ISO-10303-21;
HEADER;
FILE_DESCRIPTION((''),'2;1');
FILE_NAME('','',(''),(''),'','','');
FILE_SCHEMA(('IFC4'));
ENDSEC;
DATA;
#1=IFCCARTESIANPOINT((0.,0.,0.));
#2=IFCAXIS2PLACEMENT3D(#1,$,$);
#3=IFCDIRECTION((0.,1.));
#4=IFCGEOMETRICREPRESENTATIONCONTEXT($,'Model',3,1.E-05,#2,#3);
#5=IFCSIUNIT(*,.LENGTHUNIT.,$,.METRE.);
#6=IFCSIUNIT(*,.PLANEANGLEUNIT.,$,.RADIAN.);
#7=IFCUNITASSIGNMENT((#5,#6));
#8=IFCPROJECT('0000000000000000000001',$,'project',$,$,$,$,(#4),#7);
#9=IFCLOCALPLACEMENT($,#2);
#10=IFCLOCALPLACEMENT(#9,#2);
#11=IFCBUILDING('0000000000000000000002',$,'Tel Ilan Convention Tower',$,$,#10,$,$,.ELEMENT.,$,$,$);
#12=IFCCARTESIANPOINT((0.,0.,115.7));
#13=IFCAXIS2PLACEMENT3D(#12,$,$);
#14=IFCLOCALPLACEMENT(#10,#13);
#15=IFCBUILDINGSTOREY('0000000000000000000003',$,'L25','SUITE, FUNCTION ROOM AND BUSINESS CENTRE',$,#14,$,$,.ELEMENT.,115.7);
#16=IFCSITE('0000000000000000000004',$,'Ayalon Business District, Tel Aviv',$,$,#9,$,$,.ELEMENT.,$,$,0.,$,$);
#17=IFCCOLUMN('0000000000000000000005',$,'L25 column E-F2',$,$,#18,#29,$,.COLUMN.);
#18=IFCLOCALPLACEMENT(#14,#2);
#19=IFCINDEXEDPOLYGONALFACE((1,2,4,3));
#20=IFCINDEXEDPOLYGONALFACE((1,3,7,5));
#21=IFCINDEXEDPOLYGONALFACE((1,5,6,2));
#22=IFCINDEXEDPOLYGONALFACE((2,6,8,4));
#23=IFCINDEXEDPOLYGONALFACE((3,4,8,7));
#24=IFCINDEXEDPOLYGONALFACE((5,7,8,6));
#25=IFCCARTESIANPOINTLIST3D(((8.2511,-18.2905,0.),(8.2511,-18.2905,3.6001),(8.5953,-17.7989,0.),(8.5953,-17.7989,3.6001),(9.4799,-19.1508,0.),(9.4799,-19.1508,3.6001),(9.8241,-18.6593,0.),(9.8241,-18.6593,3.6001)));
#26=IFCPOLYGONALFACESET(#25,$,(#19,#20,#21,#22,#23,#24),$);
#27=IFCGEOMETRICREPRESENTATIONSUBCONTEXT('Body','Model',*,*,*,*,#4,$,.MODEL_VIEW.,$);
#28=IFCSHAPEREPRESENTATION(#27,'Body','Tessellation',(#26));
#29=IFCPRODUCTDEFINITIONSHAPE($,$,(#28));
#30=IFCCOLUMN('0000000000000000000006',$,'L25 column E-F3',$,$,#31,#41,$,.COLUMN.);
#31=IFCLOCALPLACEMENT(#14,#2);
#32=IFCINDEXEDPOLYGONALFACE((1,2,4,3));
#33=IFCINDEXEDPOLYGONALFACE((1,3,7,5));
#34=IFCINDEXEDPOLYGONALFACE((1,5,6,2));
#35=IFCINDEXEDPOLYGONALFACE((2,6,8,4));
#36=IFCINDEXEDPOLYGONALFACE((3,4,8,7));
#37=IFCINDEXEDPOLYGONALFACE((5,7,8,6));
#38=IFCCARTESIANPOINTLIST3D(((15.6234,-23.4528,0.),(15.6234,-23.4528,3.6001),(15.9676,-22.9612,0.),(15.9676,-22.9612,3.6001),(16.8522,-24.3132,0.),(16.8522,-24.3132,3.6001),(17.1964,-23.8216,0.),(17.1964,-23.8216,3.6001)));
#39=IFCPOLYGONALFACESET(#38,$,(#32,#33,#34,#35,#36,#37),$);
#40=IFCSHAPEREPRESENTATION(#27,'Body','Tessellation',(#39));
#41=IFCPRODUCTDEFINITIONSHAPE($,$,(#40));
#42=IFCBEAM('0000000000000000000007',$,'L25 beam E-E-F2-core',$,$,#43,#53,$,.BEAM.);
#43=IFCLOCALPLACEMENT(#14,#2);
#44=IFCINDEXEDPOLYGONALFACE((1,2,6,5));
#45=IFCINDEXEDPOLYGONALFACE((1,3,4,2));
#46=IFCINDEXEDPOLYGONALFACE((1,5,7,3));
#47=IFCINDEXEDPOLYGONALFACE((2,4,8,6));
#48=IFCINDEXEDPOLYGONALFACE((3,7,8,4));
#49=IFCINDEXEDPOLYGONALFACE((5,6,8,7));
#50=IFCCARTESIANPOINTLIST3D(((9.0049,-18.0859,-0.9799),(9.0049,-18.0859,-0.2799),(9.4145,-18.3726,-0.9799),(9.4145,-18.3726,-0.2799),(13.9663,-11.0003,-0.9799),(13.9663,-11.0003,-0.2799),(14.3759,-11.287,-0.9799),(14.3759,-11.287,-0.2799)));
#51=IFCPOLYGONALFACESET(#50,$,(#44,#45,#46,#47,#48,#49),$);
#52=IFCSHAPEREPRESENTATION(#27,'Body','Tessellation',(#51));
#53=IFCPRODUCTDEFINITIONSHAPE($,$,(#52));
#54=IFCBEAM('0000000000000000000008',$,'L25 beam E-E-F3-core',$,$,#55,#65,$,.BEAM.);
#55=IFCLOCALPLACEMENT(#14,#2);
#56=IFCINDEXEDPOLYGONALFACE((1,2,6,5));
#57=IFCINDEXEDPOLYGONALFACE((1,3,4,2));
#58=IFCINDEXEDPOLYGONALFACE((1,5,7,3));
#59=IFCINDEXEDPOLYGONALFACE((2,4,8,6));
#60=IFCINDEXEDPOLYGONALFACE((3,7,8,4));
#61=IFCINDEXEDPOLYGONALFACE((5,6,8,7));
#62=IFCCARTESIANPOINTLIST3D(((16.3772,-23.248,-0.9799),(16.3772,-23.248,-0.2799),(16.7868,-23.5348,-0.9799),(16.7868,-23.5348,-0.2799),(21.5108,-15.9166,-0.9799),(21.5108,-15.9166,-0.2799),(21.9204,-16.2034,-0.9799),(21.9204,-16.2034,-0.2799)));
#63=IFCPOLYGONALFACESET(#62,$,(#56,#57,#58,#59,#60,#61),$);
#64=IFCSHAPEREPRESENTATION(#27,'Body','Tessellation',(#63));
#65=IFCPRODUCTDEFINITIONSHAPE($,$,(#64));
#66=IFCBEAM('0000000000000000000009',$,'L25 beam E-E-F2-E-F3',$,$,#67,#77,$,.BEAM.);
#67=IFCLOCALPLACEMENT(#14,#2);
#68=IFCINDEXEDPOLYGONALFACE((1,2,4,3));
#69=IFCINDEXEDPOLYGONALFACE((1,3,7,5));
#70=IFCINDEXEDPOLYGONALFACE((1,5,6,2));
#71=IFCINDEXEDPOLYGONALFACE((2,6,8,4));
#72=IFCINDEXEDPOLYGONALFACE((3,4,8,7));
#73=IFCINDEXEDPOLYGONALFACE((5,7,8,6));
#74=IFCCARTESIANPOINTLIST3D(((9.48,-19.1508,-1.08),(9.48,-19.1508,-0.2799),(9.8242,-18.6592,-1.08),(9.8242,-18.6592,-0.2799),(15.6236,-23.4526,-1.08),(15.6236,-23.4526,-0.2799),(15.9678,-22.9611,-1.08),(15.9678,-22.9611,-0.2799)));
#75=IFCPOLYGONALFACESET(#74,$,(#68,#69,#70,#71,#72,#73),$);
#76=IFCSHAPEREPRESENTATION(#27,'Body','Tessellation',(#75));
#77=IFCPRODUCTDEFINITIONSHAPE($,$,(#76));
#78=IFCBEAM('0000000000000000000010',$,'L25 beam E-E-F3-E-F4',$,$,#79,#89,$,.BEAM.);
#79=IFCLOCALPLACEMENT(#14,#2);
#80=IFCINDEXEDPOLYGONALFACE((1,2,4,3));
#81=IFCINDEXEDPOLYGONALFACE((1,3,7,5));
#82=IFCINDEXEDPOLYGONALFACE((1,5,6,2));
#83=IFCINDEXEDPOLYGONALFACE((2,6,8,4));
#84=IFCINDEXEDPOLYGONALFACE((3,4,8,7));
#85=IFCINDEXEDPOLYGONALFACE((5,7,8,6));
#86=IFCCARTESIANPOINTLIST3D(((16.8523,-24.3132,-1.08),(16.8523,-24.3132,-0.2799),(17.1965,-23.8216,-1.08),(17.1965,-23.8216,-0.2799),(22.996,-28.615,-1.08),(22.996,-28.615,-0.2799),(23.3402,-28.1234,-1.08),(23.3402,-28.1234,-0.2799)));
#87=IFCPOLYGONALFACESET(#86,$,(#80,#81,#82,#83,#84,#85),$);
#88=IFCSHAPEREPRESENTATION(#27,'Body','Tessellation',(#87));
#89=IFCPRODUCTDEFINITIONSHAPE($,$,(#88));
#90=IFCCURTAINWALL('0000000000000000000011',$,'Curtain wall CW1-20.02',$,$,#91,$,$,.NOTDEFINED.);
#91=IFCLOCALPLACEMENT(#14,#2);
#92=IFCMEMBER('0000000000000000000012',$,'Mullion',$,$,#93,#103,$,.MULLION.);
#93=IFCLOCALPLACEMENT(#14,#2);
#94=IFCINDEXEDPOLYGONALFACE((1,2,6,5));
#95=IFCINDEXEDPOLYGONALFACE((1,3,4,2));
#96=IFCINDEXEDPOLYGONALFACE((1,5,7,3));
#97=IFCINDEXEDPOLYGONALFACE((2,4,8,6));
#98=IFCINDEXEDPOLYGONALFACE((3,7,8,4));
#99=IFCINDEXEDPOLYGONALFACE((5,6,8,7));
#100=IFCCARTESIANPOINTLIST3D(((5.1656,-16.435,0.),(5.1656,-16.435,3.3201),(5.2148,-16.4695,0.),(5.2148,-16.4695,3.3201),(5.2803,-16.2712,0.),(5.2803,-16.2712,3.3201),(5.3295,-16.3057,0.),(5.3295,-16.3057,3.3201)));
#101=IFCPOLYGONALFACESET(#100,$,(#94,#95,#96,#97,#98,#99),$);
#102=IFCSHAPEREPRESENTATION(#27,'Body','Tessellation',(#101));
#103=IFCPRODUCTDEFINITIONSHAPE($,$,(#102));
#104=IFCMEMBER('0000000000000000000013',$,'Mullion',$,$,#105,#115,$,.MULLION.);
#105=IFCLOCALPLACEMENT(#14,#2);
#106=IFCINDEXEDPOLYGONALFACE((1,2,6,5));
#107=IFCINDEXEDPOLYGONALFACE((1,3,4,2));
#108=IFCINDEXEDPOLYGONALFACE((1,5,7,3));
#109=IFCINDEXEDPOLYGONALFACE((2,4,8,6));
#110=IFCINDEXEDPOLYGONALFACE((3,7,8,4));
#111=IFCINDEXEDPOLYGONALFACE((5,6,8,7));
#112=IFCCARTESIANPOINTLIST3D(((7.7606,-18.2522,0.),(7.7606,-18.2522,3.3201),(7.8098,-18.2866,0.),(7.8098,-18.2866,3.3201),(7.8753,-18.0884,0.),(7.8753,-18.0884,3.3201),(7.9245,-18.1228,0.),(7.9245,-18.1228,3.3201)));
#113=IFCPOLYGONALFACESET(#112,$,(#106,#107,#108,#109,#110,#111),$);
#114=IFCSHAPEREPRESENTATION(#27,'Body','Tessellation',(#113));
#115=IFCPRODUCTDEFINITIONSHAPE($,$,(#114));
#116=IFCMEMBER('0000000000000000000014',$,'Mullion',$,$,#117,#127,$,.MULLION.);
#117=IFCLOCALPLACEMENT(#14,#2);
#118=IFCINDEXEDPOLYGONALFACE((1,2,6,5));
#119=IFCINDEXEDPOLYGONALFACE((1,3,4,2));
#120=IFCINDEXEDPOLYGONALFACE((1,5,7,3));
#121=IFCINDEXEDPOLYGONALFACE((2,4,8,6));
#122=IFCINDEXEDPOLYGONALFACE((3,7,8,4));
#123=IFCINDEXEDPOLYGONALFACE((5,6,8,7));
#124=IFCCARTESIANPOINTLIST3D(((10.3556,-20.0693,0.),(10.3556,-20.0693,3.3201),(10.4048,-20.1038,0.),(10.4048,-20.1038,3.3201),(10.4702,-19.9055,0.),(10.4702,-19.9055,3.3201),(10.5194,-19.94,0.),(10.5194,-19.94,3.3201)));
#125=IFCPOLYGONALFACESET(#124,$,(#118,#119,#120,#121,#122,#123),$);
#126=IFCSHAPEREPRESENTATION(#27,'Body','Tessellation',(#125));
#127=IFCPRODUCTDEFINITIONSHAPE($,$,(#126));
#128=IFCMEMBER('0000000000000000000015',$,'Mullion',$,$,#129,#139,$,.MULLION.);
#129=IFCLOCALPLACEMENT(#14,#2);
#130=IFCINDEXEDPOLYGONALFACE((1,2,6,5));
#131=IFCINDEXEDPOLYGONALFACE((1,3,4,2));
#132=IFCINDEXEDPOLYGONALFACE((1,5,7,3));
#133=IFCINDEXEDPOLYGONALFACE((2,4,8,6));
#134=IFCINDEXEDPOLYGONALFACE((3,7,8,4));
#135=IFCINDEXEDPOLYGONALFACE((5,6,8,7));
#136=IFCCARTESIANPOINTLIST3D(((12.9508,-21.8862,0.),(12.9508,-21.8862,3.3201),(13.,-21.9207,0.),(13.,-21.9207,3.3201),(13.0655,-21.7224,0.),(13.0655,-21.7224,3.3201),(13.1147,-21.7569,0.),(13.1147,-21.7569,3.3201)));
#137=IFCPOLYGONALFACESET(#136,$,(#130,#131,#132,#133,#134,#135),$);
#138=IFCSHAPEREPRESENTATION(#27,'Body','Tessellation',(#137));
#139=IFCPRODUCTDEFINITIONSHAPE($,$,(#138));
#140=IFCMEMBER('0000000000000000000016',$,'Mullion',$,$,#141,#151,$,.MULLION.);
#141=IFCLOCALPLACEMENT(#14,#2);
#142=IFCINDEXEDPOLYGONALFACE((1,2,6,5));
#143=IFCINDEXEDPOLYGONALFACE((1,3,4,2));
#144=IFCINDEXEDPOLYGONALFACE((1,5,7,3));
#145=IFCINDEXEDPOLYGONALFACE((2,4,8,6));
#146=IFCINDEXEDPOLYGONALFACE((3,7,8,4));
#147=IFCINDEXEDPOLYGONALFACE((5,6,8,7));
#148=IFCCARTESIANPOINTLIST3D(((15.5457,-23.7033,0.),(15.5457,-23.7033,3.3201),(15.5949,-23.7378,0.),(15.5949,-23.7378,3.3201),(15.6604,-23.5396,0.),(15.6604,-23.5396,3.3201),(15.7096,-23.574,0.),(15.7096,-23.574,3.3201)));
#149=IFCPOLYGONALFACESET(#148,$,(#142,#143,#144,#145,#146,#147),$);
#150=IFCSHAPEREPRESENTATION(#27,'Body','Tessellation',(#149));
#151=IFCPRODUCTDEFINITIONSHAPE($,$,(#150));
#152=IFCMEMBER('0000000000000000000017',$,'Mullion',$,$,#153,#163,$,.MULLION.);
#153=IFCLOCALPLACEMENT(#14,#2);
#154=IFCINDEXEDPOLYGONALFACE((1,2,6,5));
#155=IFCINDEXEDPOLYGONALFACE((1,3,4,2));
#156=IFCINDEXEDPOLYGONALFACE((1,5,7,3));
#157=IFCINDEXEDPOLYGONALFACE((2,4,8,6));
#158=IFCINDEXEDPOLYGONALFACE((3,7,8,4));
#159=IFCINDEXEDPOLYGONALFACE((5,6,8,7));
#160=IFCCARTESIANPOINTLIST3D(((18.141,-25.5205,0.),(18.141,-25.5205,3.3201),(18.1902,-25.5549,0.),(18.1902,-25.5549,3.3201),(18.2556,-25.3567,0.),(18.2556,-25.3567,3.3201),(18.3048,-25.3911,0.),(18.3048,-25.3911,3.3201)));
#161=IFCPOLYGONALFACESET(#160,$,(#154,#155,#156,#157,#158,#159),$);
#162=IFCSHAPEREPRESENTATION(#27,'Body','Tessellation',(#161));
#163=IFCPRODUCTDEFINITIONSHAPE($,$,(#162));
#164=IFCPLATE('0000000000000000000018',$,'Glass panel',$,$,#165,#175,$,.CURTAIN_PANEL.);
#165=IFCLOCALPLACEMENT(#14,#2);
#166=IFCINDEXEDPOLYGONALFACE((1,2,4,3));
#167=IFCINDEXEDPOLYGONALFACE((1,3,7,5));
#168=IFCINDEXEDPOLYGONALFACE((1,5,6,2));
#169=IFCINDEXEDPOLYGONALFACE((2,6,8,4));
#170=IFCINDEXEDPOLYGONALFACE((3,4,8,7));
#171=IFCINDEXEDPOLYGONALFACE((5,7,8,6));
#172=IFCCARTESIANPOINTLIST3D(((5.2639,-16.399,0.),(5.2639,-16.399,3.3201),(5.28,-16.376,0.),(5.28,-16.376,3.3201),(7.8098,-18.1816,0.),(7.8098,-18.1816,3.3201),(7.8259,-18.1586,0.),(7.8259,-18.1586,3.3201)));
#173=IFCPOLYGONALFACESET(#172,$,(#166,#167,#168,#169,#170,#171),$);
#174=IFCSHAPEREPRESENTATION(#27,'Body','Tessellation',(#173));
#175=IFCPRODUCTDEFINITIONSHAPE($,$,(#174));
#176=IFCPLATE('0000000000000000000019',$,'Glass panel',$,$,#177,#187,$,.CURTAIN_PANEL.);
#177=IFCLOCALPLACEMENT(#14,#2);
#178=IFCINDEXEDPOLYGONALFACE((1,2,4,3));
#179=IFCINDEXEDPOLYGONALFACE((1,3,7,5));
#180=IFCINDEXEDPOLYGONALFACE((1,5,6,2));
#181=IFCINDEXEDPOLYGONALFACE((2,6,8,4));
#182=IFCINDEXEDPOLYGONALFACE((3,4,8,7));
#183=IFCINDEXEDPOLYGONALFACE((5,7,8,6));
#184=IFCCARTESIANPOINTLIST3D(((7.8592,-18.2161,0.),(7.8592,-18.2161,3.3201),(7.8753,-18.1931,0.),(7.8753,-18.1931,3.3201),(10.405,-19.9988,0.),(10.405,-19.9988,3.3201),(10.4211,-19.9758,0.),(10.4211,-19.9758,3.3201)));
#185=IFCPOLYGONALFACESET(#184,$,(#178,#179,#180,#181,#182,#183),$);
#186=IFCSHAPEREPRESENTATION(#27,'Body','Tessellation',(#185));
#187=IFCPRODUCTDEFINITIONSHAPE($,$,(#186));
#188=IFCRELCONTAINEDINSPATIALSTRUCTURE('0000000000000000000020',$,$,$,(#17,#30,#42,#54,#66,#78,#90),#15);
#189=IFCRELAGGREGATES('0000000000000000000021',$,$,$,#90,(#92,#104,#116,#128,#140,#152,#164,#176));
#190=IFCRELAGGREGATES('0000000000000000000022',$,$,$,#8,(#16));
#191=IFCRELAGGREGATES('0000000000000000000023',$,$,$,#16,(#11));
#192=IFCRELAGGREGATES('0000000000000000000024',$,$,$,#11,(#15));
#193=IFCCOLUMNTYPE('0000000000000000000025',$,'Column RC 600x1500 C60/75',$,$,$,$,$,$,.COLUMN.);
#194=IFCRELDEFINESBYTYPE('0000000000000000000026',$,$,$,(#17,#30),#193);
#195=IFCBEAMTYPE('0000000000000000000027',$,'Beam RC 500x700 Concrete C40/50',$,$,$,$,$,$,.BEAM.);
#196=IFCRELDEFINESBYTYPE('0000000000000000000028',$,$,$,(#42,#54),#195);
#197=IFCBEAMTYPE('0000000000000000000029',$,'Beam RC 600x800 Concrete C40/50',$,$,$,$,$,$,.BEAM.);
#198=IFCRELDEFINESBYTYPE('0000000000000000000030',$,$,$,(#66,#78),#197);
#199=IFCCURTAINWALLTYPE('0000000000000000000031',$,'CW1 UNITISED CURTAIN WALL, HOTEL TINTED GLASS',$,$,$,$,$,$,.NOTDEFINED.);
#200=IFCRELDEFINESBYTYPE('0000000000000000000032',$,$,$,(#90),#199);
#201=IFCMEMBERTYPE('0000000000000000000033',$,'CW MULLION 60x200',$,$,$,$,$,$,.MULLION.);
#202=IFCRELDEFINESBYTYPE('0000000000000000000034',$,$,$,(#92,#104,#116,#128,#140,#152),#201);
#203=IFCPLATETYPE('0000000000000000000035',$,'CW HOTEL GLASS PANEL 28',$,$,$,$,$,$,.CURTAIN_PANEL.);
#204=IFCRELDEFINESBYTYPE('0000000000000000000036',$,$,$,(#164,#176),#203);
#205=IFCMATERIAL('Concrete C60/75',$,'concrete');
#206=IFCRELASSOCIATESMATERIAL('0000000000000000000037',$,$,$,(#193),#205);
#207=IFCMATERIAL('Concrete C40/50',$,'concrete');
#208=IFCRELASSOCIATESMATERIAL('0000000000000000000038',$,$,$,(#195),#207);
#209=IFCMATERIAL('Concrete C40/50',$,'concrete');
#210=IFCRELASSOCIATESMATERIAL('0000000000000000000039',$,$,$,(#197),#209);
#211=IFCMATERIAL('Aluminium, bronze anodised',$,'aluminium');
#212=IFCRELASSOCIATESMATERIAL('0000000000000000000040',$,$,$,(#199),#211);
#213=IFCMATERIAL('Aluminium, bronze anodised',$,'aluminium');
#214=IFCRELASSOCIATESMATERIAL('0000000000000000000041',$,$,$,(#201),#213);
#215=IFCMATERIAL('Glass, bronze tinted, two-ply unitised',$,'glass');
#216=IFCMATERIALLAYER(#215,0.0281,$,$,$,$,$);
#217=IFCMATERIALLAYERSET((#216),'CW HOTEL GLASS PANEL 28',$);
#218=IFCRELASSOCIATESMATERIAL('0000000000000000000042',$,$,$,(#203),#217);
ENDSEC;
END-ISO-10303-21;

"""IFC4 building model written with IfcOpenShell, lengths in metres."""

from ifc_helpers import new_model, si_unit, direction, frame, origin, origin_2d, place, context, subcontext, project, spatial, rectangle, extrude, material, layer, layer_set, material_profile, profile_set, type_object, element, aggregate, save


model = new_model("IFC4")

# Units and contexts
model_context = context("Model", 3, precision=1e-05, world=origin(), true_north=direction((0.0, 1.0)))
body_context = subcontext(model_context, "Body", "Model", "MODEL_VIEW")
ifc_project = project(units=[si_unit("LENGTHUNIT", "METRE"), si_unit("PLANEANGLEUNIT", "RADIAN")], contexts=[model_context])

# Site, building, storey
site_placement = place(None, origin())
site = spatial("IfcSite", under=ifc_project, at=site_placement, Name="Ayalon Business District, Tel Aviv", CompositionType="ELEMENT", RefElevation=0.0)
building_placement = place(site_placement, origin())
building = spatial("IfcBuilding", under=site, at=building_placement, Name="Tel Ilan Convention Tower", CompositionType="ELEMENT")
storey_placement = place(building_placement, frame((0.0, 0.0, 115.7)))
storey = spatial("IfcBuildingStorey", under=building, at=storey_placement, Name="L25", Description="SUITE, FUNCTION ROOM AND BUSINESS CENTRE", CompositionType="ELEMENT", Elevation=115.7)

# Columns
ifc_material_1 = material(Name="Concrete C60/75", Category="concrete")
ifc_material_profile_1 = material_profile(ifc_material_1, rectangle(XDim=1.5, YDim=0.6001, at=origin_2d()), Name="RC 600x1500")
ifc_profile_set_1 = profile_set([ifc_material_profile_1], Name="Concrete C60/75")
column_type = type_object("IfcColumnType", Name="Column RC 600x1500 C60/75", PredefinedType="COLUMN", material=ifc_profile_set_1)
for number, where, z_axis, x_axis, name in (
    (1, (9.0376, -18.4749, 0.0), (0.0, 0.0, 1.0), (0.819152, -0.573576, 0.0), "L25 column E-F2"),
    (2, (16.4099, -23.6372, 0.0), (0.0, 0.0, 1.0), (0.819152, -0.573576, 0.0), "L25 column E-F3"),
):
    element("IfcColumn", number, at=place(storey_placement, frame(where, z_axis=z_axis, x_axis=x_axis)), inside=storey, type_object=column_type, Name=name, PredefinedType="COLUMN", context=body_context, shape_type="SweptSolid", body=[
        extrude(rectangle(XDim=1.5, YDim=0.6001, at=origin_2d()), origin(), (0.0, 0.0, 1.0), 3.6001),
    ])

# Beams
ifc_material_2 = material(Name="Concrete C40/50", Category="concrete")
ifc_material_profile_2 = material_profile(ifc_material_2, rectangle(XDim=0.5, YDim=0.7, at=origin_2d()), Name="RC 500x700")
ifc_profile_set_2 = profile_set([ifc_material_profile_2], Name="Concrete C40/50")
beam_type_1 = type_object("IfcBeamType", Name="Beam RC 500x700 Concrete C40/50", PredefinedType="BEAM", material=ifc_profile_set_2)
beam_1_placement = place(storey_placement, frame((9.2097, -18.2292, -0.6299), z_axis=(0.573574, 0.819154, 0.0), x_axis=(-0.819154, 0.573574, 0.0)))
element("IfcBeam", 3, at=beam_1_placement, inside=storey, type_object=beam_type_1, Name="L25 beam E-E-F2-core", PredefinedType="BEAM", context=body_context, shape_type="SweptSolid", body=[
    extrude(rectangle(XDim=0.5, YDim=0.7, at=origin_2d()), origin(), (0.0, 0.0, 1.0), 8.6499),
])
beam_2_placement = place(storey_placement, frame((16.582, -23.3914, -0.6299), z_axis=(0.573585, 0.819146, 0.0), x_axis=(-0.819146, 0.573585, 0.0)))
element("IfcBeam", 4, at=beam_2_placement, inside=storey, type_object=beam_type_1, Name="L25 beam E-E-F3-core", PredefinedType="BEAM", context=body_context, shape_type="SweptSolid", body=[
    extrude(rectangle(XDim=0.5, YDim=0.7, at=origin_2d()), origin(), (0.0, 0.0, 1.0), 8.95),
])
ifc_material_3 = material(Name="Concrete C40/50", Category="concrete")
ifc_material_profile_3 = material_profile(ifc_material_3, rectangle(XDim=0.6001, YDim=0.8, at=origin_2d()), Name="RC 600x800")
ifc_profile_set_3 = profile_set([ifc_material_profile_3], Name="Concrete C40/50")
beam_type_2 = type_object("IfcBeamType", Name="Beam RC 600x800 Concrete C40/50", PredefinedType="BEAM", material=ifc_profile_set_3)
for number, where, z_axis, x_axis, name in (
    (5, (9.6521, -18.905, -0.6799), (0.819152, -0.573576, 0.0), (0.573576, 0.819152, 0.0), "L25 beam E-E-F2-E-F3"),
    (6, (17.0244, -24.0674, -0.6799), (0.819152, -0.573576, 0.0), (0.573576, 0.819152, 0.0), "L25 beam E-E-F3-E-F4"),
):
    element("IfcBeam", number, at=place(storey_placement, frame(where, z_axis=z_axis, x_axis=x_axis)), inside=storey, type_object=beam_type_2, Name=name, PredefinedType="BEAM", context=body_context, shape_type="SweptSolid", body=[
        extrude(rectangle(XDim=0.6001, YDim=0.8, at=origin_2d()), origin(), (0.0, 0.0, 1.0), 7.5),
    ])

# Curtain wall, members, plates
ifc_material_4 = material(Name="Aluminium, bronze anodised", Category="aluminium")
curtain_wall_type = type_object("IfcCurtainWallType", Name="CW1 UNITISED CURTAIN WALL, HOTEL TINTED GLASS", PredefinedType="NOTDEFINED", material=ifc_material_4)
curtain_wall_placement = place(storey_placement, origin())
curtain_wall = element("IfcCurtainWall", 7, at=curtain_wall_placement, inside=storey, type_object=curtain_wall_type, Name="Curtain wall CW1-20.02", PredefinedType="NOTDEFINED")
ifc_material_5 = material(Name="Aluminium, bronze anodised", Category="aluminium")
ifc_material_profile_4 = material_profile(ifc_material_5, rectangle(XDim=0.0601, YDim=0.2, at=origin_2d()), Name="CW MULLION 60x200")
ifc_profile_set_4 = profile_set([ifc_material_profile_4], Name="Aluminium, bronze anodised")
member_type = type_object("IfcMemberType", Name="CW MULLION 60x200", PredefinedType="MULLION", material=ifc_profile_set_4)
member_1_placement = place(storey_placement, frame((5.2476, -16.3704, 0.0), z_axis=(0.0, 0.0, 1.0), x_axis=(0.819152, -0.573576, 0.0)))
member_1 = element("IfcMember", 8, at=member_1_placement, type_object=member_type, Name="Mullion", PredefinedType="MULLION", context=body_context, shape_type="SweptSolid", body=[
    extrude(rectangle(XDim=0.0601, YDim=0.2, at=origin_2d()), origin(), (0.0, 0.0, 1.0), 3.3201),
])
member_2_placement = place(storey_placement, frame((7.8425, -18.1875, 0.0), z_axis=(0.0, 0.0, 1.0), x_axis=(0.819152, -0.573576, 0.0)))
member_2 = element("IfcMember", 9, at=member_2_placement, type_object=member_type, Name="Mullion", PredefinedType="MULLION", context=body_context, shape_type="SweptSolid", body=[
    extrude(rectangle(XDim=0.0601, YDim=0.2, at=origin_2d()), origin(), (0.0, 0.0, 1.0), 3.3201),
])
member_3_placement = place(storey_placement, frame((10.4375, -20.0046, 0.0), z_axis=(0.0, 0.0, 1.0), x_axis=(0.819152, -0.573576, 0.0)))
member_3 = element("IfcMember", 10, at=member_3_placement, type_object=member_type, Name="Mullion", PredefinedType="MULLION", context=body_context, shape_type="SweptSolid", body=[
    extrude(rectangle(XDim=0.0601, YDim=0.2, at=origin_2d()), origin(), (0.0, 0.0, 1.0), 3.3201),
])
member_4_placement = place(storey_placement, frame((13.0327, -21.8215, 0.0), z_axis=(0.0, 0.0, 1.0), x_axis=(0.819152, -0.573576, 0.0)))
member_4 = element("IfcMember", 11, at=member_4_placement, type_object=member_type, Name="Mullion", PredefinedType="MULLION", context=body_context, shape_type="SweptSolid", body=[
    extrude(rectangle(XDim=0.0601, YDim=0.2, at=origin_2d()), origin(), (0.0, 0.0, 1.0), 3.3201),
])
member_5_placement = place(storey_placement, frame((15.6277, -23.6387, 0.0), z_axis=(0.0, 0.0, 1.0), x_axis=(0.819152, -0.573576, 0.0)))
member_5 = element("IfcMember", 12, at=member_5_placement, type_object=member_type, Name="Mullion", PredefinedType="MULLION", context=body_context, shape_type="SweptSolid", body=[
    extrude(rectangle(XDim=0.0601, YDim=0.2, at=origin_2d()), origin(), (0.0, 0.0, 1.0), 3.3201),
])
member_6_placement = place(storey_placement, frame((18.2229, -25.4558, 0.0), z_axis=(0.0, 0.0, 1.0), x_axis=(0.819152, -0.573576, 0.0)))
member_6 = element("IfcMember", 13, at=member_6_placement, type_object=member_type, Name="Mullion", PredefinedType="MULLION", context=body_context, shape_type="SweptSolid", body=[
    extrude(rectangle(XDim=0.0601, YDim=0.2, at=origin_2d()), origin(), (0.0, 0.0, 1.0), 3.3201),
])
ifc_material_6 = material(Name="Glass, bronze tinted, two-ply unitised", Category="glass")
ifc_layer_1 = layer(ifc_material_6, 0.0281)
ifc_layer_set_1 = layer_set([ifc_layer_1], Name="CW HOTEL GLASS PANEL 28")
plate_type = type_object("IfcPlateType", Name="CW HOTEL GLASS PANEL 28", PredefinedType="CURTAIN_PANEL", material=ifc_layer_set_1)
plate_1_placement = place(storey_placement, frame((6.5449, -17.2788, 0.0), z_axis=(0.0, 0.0, 1.0), x_axis=(0.819152, -0.573576, 0.0)))
plate_1 = element("IfcPlate", 14, at=plate_1_placement, type_object=plate_type, Name="Glass panel", PredefinedType="CURTAIN_PANEL", context=body_context, shape_type="SweptSolid", body=[
    extrude(rectangle(XDim=3.1079, YDim=0.0281, at=origin_2d()), origin(), (0.0, 0.0, 1.0), 3.3201),
])
plate_2_placement = place(storey_placement, frame((9.1401, -19.0959, 0.0), z_axis=(0.0, 0.0, 1.0), x_axis=(0.819152, -0.573576, 0.0)))
plate_2 = element("IfcPlate", 15, at=plate_2_placement, type_object=plate_type, Name="Glass panel", PredefinedType="CURTAIN_PANEL", context=body_context, shape_type="SweptSolid", body=[
    extrude(rectangle(XDim=3.1079, YDim=0.0281, at=origin_2d()), origin(), (0.0, 0.0, 1.0), 3.3201),
])
aggregate(curtain_wall, [member_1, member_2, member_3, member_4, member_5, member_6, plate_1, plate_2])

save(model, "model.ifc")
